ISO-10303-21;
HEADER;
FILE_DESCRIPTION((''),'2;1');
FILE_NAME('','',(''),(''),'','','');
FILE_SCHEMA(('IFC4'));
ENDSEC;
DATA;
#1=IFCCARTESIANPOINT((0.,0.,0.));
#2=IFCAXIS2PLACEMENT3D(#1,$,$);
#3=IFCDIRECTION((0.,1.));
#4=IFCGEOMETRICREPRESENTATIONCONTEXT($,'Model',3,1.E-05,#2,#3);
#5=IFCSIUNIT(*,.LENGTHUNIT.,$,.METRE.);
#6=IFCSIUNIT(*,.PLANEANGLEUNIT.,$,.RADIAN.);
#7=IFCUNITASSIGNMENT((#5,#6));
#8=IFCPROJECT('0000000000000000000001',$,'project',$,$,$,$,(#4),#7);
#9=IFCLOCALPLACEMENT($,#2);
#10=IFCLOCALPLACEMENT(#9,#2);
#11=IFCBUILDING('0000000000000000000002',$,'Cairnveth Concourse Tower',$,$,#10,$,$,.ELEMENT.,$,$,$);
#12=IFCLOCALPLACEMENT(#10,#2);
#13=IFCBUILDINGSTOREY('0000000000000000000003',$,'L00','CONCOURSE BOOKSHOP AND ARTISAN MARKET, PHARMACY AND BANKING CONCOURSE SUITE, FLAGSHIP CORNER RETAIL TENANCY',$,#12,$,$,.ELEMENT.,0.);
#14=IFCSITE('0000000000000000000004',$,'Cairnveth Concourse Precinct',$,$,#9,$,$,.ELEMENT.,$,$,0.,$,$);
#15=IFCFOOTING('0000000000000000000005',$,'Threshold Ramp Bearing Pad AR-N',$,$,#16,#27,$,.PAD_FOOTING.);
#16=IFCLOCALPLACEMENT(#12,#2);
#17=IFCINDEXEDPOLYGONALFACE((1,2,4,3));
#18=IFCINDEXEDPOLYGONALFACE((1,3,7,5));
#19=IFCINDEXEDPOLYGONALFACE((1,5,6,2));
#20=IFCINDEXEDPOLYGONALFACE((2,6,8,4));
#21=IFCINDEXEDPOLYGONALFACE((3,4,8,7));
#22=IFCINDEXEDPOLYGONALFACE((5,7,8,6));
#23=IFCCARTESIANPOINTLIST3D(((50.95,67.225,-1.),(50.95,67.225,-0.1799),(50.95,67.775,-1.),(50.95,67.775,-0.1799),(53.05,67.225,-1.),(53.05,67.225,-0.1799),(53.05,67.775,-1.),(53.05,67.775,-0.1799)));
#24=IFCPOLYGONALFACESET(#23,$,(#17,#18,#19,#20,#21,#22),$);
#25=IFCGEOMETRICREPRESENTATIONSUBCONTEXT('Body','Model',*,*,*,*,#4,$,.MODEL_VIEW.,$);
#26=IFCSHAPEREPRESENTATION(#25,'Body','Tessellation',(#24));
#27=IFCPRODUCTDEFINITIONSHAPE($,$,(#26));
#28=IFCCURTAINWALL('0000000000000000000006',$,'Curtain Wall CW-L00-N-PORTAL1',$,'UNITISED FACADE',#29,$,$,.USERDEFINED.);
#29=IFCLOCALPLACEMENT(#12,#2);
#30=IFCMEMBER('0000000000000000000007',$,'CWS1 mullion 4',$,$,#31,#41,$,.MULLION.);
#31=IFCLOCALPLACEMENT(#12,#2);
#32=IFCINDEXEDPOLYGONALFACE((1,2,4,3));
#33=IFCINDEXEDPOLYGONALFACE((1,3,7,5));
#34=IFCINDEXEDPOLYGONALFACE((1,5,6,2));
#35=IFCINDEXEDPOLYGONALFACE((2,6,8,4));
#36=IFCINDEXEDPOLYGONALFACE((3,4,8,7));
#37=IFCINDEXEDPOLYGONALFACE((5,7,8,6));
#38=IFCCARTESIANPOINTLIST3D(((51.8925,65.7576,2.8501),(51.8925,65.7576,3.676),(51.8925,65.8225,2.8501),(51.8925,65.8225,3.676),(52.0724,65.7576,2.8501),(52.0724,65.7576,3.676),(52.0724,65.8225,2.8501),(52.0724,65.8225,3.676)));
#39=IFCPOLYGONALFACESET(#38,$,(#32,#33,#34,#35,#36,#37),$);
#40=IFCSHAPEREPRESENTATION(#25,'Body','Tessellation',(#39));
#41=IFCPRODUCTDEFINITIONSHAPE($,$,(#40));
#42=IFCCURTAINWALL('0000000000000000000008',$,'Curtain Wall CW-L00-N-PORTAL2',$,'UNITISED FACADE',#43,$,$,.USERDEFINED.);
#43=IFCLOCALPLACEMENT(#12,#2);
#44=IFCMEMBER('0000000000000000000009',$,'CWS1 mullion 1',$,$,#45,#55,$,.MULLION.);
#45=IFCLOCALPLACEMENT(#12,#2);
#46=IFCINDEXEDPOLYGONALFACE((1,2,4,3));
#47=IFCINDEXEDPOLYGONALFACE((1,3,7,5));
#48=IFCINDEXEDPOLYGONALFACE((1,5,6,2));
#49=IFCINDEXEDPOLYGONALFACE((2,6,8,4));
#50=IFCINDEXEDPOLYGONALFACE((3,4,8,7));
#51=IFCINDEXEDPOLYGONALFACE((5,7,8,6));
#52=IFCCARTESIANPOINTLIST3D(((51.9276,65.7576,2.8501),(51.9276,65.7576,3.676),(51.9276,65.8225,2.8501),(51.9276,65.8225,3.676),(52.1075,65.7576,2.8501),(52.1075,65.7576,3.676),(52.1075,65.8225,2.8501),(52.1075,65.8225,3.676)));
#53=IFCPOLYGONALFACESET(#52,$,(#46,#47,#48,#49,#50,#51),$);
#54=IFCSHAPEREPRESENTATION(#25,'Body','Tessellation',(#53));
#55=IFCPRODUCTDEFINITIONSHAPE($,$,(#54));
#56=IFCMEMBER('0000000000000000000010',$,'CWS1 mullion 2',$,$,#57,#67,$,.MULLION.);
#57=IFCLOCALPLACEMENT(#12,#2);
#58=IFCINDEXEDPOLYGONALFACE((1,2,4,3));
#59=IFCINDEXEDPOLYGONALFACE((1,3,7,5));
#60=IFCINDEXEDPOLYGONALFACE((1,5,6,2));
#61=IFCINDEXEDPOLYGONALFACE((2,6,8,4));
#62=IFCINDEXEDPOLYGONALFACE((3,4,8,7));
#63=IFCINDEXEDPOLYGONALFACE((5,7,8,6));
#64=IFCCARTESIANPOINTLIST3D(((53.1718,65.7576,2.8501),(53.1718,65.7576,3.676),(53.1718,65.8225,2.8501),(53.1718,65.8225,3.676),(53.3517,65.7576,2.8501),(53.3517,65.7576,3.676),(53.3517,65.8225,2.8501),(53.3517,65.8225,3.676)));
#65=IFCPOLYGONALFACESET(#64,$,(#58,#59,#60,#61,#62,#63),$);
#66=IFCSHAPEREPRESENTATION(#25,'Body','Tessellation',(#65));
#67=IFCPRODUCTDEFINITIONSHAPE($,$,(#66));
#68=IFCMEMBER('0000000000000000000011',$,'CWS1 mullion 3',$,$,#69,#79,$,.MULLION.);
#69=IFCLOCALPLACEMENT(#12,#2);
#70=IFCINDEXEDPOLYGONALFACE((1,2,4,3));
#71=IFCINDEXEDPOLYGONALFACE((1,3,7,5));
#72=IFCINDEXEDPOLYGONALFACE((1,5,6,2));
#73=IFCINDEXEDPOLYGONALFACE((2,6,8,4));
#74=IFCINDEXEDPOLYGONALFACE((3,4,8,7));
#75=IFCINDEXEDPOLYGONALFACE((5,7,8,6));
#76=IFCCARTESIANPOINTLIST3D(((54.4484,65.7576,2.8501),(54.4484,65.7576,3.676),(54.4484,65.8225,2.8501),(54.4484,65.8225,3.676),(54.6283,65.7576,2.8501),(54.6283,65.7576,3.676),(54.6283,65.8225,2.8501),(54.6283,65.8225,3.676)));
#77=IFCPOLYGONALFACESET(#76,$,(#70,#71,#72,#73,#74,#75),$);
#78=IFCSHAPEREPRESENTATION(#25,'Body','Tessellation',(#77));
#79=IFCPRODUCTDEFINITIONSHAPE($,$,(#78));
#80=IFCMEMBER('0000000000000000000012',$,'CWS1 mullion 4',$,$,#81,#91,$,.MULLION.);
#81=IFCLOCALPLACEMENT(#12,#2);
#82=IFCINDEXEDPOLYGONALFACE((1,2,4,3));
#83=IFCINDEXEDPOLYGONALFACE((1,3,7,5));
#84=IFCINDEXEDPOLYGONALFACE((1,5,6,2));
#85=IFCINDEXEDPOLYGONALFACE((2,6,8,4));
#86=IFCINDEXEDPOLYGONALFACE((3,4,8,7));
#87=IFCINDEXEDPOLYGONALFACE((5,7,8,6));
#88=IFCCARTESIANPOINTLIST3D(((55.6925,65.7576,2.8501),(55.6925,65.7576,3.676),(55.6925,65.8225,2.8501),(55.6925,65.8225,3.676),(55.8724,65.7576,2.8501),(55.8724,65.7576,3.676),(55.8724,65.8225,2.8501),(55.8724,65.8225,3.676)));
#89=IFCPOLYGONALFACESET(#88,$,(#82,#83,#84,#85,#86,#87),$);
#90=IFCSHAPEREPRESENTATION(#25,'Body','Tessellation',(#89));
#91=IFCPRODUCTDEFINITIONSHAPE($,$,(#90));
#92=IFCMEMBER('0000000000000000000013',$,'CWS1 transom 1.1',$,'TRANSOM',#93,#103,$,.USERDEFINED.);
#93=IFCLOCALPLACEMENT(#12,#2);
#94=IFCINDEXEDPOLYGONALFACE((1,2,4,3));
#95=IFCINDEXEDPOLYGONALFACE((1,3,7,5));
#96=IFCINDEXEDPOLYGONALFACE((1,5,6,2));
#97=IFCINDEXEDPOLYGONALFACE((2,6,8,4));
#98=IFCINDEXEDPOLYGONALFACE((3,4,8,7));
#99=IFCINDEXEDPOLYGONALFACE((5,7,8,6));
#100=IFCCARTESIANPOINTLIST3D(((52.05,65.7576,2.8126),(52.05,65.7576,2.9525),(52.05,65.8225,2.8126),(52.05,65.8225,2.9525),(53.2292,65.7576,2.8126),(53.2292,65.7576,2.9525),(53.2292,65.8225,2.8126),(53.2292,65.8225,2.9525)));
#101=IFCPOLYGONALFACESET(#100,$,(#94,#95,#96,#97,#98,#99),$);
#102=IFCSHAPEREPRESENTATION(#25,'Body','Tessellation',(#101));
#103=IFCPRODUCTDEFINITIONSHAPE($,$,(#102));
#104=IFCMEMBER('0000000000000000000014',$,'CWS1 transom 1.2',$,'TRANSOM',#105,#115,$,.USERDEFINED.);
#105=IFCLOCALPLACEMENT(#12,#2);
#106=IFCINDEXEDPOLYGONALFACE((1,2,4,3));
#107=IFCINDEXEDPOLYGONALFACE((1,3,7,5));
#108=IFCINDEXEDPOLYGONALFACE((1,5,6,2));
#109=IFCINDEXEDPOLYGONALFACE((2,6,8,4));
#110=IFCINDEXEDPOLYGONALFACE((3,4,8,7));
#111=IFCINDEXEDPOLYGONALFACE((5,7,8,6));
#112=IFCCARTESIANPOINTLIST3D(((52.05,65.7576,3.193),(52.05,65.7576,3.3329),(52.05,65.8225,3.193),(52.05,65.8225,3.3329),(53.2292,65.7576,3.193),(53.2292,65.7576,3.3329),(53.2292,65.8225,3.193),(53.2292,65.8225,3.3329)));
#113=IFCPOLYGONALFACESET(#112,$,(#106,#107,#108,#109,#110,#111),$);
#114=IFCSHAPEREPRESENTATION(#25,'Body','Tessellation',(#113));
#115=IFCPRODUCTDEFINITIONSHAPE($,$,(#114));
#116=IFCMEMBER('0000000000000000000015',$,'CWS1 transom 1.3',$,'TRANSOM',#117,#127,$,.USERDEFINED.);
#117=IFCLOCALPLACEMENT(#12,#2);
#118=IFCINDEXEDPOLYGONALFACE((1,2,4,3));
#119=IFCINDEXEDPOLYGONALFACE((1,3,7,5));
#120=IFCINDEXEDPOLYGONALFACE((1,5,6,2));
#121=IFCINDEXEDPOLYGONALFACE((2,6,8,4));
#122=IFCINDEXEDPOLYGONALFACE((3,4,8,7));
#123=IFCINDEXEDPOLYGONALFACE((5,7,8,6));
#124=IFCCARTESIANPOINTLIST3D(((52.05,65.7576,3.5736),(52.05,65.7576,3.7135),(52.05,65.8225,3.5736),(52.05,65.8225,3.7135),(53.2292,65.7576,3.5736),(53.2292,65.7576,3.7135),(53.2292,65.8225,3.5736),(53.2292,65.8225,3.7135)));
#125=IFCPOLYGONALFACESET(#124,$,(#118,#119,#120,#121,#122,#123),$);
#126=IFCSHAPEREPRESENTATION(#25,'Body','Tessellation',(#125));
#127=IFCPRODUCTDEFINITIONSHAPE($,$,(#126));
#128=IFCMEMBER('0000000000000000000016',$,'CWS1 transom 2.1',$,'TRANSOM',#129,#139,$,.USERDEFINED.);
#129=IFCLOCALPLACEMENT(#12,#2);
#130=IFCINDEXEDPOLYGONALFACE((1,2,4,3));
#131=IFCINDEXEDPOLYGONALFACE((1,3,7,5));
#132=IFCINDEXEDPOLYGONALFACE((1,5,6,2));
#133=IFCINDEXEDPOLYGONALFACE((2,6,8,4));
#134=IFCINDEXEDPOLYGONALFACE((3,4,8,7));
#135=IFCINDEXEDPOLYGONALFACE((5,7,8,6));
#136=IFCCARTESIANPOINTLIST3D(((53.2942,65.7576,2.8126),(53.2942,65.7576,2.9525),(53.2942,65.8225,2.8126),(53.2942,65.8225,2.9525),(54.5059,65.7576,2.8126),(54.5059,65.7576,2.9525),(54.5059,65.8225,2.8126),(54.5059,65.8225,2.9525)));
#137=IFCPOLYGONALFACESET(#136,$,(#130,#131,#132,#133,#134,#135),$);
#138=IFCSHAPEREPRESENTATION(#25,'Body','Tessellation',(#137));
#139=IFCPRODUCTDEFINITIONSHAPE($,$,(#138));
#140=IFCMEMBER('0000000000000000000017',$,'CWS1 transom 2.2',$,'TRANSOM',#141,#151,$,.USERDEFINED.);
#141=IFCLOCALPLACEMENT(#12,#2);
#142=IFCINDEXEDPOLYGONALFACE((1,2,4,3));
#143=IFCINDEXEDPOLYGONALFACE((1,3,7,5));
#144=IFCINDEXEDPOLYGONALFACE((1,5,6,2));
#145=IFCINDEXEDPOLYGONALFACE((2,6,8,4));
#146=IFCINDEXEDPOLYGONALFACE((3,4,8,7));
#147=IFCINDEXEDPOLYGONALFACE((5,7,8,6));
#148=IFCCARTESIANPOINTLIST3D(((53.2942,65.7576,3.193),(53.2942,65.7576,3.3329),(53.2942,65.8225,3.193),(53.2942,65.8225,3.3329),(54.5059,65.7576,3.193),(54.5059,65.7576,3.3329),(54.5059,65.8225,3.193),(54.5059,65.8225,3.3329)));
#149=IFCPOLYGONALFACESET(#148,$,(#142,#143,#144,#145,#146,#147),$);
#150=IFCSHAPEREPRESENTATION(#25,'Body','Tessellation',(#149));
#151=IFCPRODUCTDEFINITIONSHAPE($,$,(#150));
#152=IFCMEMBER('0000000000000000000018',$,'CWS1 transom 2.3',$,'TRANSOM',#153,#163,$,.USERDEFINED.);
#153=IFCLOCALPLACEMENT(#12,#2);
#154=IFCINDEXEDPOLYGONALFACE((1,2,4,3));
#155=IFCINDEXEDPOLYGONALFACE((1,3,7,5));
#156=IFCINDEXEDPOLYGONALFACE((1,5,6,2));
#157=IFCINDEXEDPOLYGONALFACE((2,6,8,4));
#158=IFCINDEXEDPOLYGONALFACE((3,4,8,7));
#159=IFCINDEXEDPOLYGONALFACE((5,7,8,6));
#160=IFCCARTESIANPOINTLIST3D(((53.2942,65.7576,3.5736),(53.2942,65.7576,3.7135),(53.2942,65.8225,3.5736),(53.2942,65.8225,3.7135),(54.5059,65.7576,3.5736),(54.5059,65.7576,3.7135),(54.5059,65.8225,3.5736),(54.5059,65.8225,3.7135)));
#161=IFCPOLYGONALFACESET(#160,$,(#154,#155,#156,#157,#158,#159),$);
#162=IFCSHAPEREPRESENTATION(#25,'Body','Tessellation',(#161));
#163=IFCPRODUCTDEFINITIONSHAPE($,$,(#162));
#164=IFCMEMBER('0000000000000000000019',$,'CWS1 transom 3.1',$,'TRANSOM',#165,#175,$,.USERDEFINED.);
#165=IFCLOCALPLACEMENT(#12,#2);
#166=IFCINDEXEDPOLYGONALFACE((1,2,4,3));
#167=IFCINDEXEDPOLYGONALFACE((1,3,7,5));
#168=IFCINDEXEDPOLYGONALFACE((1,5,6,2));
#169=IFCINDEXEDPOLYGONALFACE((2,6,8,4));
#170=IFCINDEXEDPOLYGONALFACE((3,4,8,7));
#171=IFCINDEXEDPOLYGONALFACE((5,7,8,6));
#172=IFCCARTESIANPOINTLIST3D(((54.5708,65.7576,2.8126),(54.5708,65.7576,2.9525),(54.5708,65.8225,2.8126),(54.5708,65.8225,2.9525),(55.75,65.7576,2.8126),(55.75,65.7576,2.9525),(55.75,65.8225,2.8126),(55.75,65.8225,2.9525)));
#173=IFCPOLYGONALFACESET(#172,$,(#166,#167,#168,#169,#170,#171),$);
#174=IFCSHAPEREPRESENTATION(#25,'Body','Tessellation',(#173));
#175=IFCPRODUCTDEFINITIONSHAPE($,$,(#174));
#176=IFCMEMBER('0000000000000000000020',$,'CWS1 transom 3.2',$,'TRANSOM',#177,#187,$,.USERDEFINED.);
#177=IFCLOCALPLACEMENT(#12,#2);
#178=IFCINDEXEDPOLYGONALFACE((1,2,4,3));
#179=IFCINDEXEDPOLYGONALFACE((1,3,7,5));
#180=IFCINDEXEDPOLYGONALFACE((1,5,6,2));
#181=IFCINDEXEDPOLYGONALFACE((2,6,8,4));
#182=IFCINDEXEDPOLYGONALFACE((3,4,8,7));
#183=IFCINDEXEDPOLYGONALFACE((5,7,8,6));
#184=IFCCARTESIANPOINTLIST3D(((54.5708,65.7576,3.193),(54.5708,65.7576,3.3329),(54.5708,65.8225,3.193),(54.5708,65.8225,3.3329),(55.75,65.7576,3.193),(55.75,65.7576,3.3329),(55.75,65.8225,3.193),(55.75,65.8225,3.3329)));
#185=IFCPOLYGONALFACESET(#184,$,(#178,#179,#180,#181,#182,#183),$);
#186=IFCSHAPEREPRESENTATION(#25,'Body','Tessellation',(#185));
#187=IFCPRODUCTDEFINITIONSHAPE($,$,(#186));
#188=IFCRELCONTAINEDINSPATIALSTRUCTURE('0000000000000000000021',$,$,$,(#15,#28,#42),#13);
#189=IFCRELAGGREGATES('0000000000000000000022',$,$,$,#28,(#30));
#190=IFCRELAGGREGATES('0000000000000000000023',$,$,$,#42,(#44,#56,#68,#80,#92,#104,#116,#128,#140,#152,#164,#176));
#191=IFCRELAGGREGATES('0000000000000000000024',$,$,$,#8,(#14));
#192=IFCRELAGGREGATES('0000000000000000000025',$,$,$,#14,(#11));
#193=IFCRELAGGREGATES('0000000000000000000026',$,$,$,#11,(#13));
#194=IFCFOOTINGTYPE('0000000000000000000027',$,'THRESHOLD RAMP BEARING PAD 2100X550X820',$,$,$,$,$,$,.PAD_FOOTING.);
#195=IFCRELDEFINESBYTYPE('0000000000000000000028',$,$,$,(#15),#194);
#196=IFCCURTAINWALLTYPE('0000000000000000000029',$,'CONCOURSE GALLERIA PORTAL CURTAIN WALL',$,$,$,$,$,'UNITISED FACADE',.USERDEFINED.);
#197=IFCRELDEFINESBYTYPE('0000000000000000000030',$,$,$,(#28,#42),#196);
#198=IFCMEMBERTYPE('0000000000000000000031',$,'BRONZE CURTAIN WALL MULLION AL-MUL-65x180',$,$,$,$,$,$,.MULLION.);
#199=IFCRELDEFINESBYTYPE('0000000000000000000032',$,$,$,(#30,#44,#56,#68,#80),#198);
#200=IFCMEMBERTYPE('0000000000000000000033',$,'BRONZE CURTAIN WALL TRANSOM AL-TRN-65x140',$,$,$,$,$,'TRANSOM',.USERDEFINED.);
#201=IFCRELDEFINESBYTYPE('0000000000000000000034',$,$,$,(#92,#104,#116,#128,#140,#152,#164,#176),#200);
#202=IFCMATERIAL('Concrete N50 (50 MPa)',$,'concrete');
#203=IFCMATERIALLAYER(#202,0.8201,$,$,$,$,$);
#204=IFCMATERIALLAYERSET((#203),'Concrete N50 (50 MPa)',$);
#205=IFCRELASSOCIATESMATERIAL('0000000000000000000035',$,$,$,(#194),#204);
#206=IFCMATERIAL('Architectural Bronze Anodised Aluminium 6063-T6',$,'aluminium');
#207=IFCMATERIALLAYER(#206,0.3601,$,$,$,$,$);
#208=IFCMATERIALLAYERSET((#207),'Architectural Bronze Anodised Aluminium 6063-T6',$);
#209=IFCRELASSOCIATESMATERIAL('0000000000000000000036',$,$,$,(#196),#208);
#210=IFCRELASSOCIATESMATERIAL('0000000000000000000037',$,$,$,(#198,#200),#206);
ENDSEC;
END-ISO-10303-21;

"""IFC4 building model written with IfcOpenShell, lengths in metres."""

from ifc_helpers import new_model, si_unit, direction, frame, origin, origin_2d, place, context, subcontext, project, spatial, rectangle, extrude, material, layer, layer_set, material_profile, profile_set, type_object, element, aggregate, save


model = new_model("IFC4")

# Units and contexts
model_context = context("Model", 3, precision=1e-05, world=origin(), true_north=direction((0.0, 1.0)))
body_context = subcontext(model_context, "Body", "Model", "MODEL_VIEW")
ifc_project = project(units=[si_unit("LENGTHUNIT", "METRE"), si_unit("PLANEANGLEUNIT", "RADIAN")], contexts=[model_context])

# Site, building, storey
site_placement = place(None, origin())
site = spatial("IfcSite", under=ifc_project, at=site_placement, Name="Cairnveth Concourse Precinct", CompositionType="ELEMENT", RefElevation=0.0)
building_placement = place(site_placement, origin())
building = spatial("IfcBuilding", under=site, at=building_placement, Name="Cairnveth Concourse Tower", CompositionType="ELEMENT")
storey_placement = place(building_placement, origin())
storey = spatial("IfcBuildingStorey", under=building, at=storey_placement, Name="L00", Description="CONCOURSE BOOKSHOP AND ARTISAN MARKET, PHARMACY AND BANKING CONCOURSE SUITE, FLAGSHIP CORNER RETAIL TENANCY", CompositionType="ELEMENT", Elevation=0.0)

# Footing
ifc_material_1 = material(Name="Concrete N50 (50 MPa)", Category="concrete")
ifc_layer_1 = layer(ifc_material_1, 0.8201)
ifc_layer_set_1 = layer_set([ifc_layer_1], Name="Concrete N50 (50 MPa)")
footing_type = type_object("IfcFootingType", Name="THRESHOLD RAMP BEARING PAD 2100X550X820", PredefinedType="PAD_FOOTING", material=ifc_layer_set_1)
footing_placement = place(storey_placement, frame((52.0, 67.5, -1.0), z_axis=(0.0, 0.0, 1.0), x_axis=(1.0, 0.0, 0.0)))
element("IfcFooting", 1, at=footing_placement, inside=storey, type_object=footing_type, Name="Threshold Ramp Bearing Pad AR-N", PredefinedType="PAD_FOOTING", context=body_context, shape_type="SweptSolid", body=[
    extrude(rectangle(XDim=2.1001, YDim=0.55, at=origin_2d()), origin(), (0.0, 0.0, 1.0), 0.8201),
])

# Curtain wall, member
ifc_material_2 = material(Name="Architectural Bronze Anodised Aluminium 6063-T6", Category="aluminium")
ifc_layer_2 = layer(ifc_material_2, 0.3601)
ifc_layer_set_2 = layer_set([ifc_layer_2], Name="Architectural Bronze Anodised Aluminium 6063-T6")
curtain_wall_type = type_object("IfcCurtainWallType", Name="CONCOURSE GALLERIA PORTAL CURTAIN WALL", ElementType="UNITISED FACADE", PredefinedType="USERDEFINED", material=ifc_layer_set_2)
curtain_wall_1_placement = place(storey_placement, origin())
curtain_wall_1 = element("IfcCurtainWall", 2, at=curtain_wall_1_placement, inside=storey, type_object=curtain_wall_type, Name="Curtain Wall CW-L00-N-PORTAL1", ObjectType="UNITISED FACADE", PredefinedType="USERDEFINED")
ifc_material_profile_1 = material_profile(ifc_material_2, rectangle(XDim=0.0649, YDim=0.1799, at=origin_2d()), Name="AL-MUL-65x180")
ifc_profile_set_1 = profile_set([ifc_material_profile_1], Name="Architectural Bronze Anodised Aluminium 6063-T6")
member_type_1 = type_object("IfcMemberType", Name="BRONZE CURTAIN WALL MULLION AL-MUL-65x180", PredefinedType="MULLION", material=ifc_profile_set_1)
member_1_placement = place(storey_placement, frame((51.9824, 65.79, 2.8501), z_axis=(0.0, 0.0, 1.0), x_axis=(0.0, 1.0, 0.0)))
member_1 = element("IfcMember", 3, at=member_1_placement, type_object=member_type_1, Name="CWS1 mullion 4", PredefinedType="MULLION", context=body_context, shape_type="SweptSolid", body=[
    extrude(rectangle(XDim=0.0649, YDim=0.1799, at=origin_2d()), origin(), (0.0, 0.0, 1.0), 0.8259),
])

# Curtain wall, members
curtain_wall_2_placement = place(storey_placement, origin())
curtain_wall_2 = element("IfcCurtainWall", 4, at=curtain_wall_2_placement, inside=storey, type_object=curtain_wall_type, Name="Curtain Wall CW-L00-N-PORTAL2", ObjectType="UNITISED FACADE", PredefinedType="USERDEFINED")
member_2_placement = place(storey_placement, frame((52.0176, 65.79, 2.8501), z_axis=(0.0, 0.0, 1.0), x_axis=(0.0, 1.0, 0.0)))
member_2 = element("IfcMember", 5, at=member_2_placement, type_object=member_type_1, Name="CWS1 mullion 1", PredefinedType="MULLION", context=body_context, shape_type="SweptSolid", body=[
    extrude(rectangle(XDim=0.0649, YDim=0.1799, at=origin_2d()), origin(), (0.0, 0.0, 1.0), 0.8259),
])
member_3_placement = place(storey_placement, frame((53.2617, 65.79, 2.8501), z_axis=(0.0, 0.0, 1.0), x_axis=(0.0, 1.0, 0.0)))
member_3 = element("IfcMember", 6, at=member_3_placement, type_object=member_type_1, Name="CWS1 mullion 2", PredefinedType="MULLION", context=body_context, shape_type="SweptSolid", body=[
    extrude(rectangle(XDim=0.0649, YDim=0.1799, at=origin_2d()), origin(), (0.0, 0.0, 1.0), 0.8259),
])
member_4_placement = place(storey_placement, frame((54.5383, 65.79, 2.8501), z_axis=(0.0, 0.0, 1.0), x_axis=(0.0, 1.0, 0.0)))
member_4 = element("IfcMember", 7, at=member_4_placement, type_object=member_type_1, Name="CWS1 mullion 3", PredefinedType="MULLION", context=body_context, shape_type="SweptSolid", body=[
    extrude(rectangle(XDim=0.0649, YDim=0.1799, at=origin_2d()), origin(), (0.0, 0.0, 1.0), 0.8259),
])
member_5_placement = place(storey_placement, frame((55.7825, 65.79, 2.8501), z_axis=(0.0, 0.0, 1.0), x_axis=(0.0, 1.0, 0.0)))
member_5 = element("IfcMember", 8, at=member_5_placement, type_object=member_type_1, Name="CWS1 mullion 4", PredefinedType="MULLION", context=body_context, shape_type="SweptSolid", body=[
    extrude(rectangle(XDim=0.0649, YDim=0.1799, at=origin_2d()), origin(), (0.0, 0.0, 1.0), 0.8259),
])
ifc_material_profile_2 = material_profile(ifc_material_2, rectangle(XDim=0.0649, YDim=0.1399, at=origin_2d()), Name="AL-TRN-65x140")
ifc_profile_set_2 = profile_set([ifc_material_profile_2], Name="Architectural Bronze Anodised Aluminium 6063-T6")
member_type_2 = type_object("IfcMemberType", Name="BRONZE CURTAIN WALL TRANSOM AL-TRN-65x140", ElementType="TRANSOM", PredefinedType="USERDEFINED", material=ifc_profile_set_2)
member_6_placement = place(storey_placement, frame((52.05, 65.79, 2.8826), z_axis=(1.0, 0.0, 0.0), x_axis=(0.0, 1.0, 0.0)))
member_6 = element("IfcMember", 9, at=member_6_placement, type_object=member_type_2, Name="CWS1 transom 1.1", ObjectType="TRANSOM", PredefinedType="USERDEFINED", context=body_context, shape_type="SweptSolid", body=[
    extrude(rectangle(XDim=0.0649, YDim=0.1399, at=origin_2d()), origin(), (0.0, 0.0, 1.0), 1.1792),
])
member_7_placement = place(storey_placement, frame((52.05, 65.79, 3.2629), z_axis=(1.0, 0.0, 0.0), x_axis=(0.0, 1.0, 0.0)))
member_7 = element("IfcMember", 10, at=member_7_placement, type_object=member_type_2, Name="CWS1 transom 1.2", ObjectType="TRANSOM", PredefinedType="USERDEFINED", context=body_context, shape_type="SweptSolid", body=[
    extrude(rectangle(XDim=0.0649, YDim=0.1399, at=origin_2d()), origin(), (0.0, 0.0, 1.0), 1.1792),
])
member_8_placement = place(storey_placement, frame((52.05, 65.79, 3.6436), z_axis=(1.0, 0.0, 0.0), x_axis=(0.0, 1.0, 0.0)))
member_8 = element("IfcMember", 11, at=member_8_placement, type_object=member_type_2, Name="CWS1 transom 1.3", ObjectType="TRANSOM", PredefinedType="USERDEFINED", context=body_context, shape_type="SweptSolid", body=[
    extrude(rectangle(XDim=0.0649, YDim=0.1399, at=origin_2d()), origin(), (0.0, 0.0, 1.0), 1.1792),
])
member_9_placement = place(storey_placement, frame((53.2942, 65.79, 2.8826), z_axis=(1.0, 0.0, 0.0), x_axis=(0.0, 1.0, 0.0)))
member_9 = element("IfcMember", 12, at=member_9_placement, type_object=member_type_2, Name="CWS1 transom 2.1", ObjectType="TRANSOM", PredefinedType="USERDEFINED", context=body_context, shape_type="SweptSolid", body=[
    extrude(rectangle(XDim=0.0649, YDim=0.1399, at=origin_2d()), origin(), (0.0, 0.0, 1.0), 1.2117),
])
member_10_placement = place(storey_placement, frame((53.2942, 65.79, 3.2629), z_axis=(1.0, 0.0, 0.0), x_axis=(0.0, 1.0, 0.0)))
member_10 = element("IfcMember", 13, at=member_10_placement, type_object=member_type_2, Name="CWS1 transom 2.2", ObjectType="TRANSOM", PredefinedType="USERDEFINED", context=body_context, shape_type="SweptSolid", body=[
    extrude(rectangle(XDim=0.0649, YDim=0.1399, at=origin_2d()), origin(), (0.0, 0.0, 1.0), 1.2117),
])
member_11_placement = place(storey_placement, frame((53.2942, 65.79, 3.6436), z_axis=(1.0, 0.0, 0.0), x_axis=(0.0, 1.0, 0.0)))
member_11 = element("IfcMember", 14, at=member_11_placement, type_object=member_type_2, Name="CWS1 transom 2.3", ObjectType="TRANSOM", PredefinedType="USERDEFINED", context=body_context, shape_type="SweptSolid", body=[
    extrude(rectangle(XDim=0.0649, YDim=0.1399, at=origin_2d()), origin(), (0.0, 0.0, 1.0), 1.2117),
])
member_12_placement = place(storey_placement, frame((54.5708, 65.79, 2.8826), z_axis=(1.0, 0.0, 0.0), x_axis=(0.0, 1.0, 0.0)))
member_12 = element("IfcMember", 15, at=member_12_placement, type_object=member_type_2, Name="CWS1 transom 3.1", ObjectType="TRANSOM", PredefinedType="USERDEFINED", context=body_context, shape_type="SweptSolid", body=[
    extrude(rectangle(XDim=0.0649, YDim=0.1399, at=origin_2d()), origin(), (0.0, 0.0, 1.0), 1.1792),
])
member_13_placement = place(storey_placement, frame((54.5708, 65.79, 3.2629), z_axis=(1.0, 0.0, 0.0), x_axis=(0.0, 1.0, 0.0)))
member_13 = element("IfcMember", 16, at=member_13_placement, type_object=member_type_2, Name="CWS1 transom 3.2", ObjectType="TRANSOM", PredefinedType="USERDEFINED", context=body_context, shape_type="SweptSolid", body=[
    extrude(rectangle(XDim=0.0649, YDim=0.1399, at=origin_2d()), origin(), (0.0, 0.0, 1.0), 1.1792),
])

aggregate(curtain_wall_1, [member_1])
aggregate(curtain_wall_2, [member_2, member_3, member_4, member_5, member_6, member_7, member_8, member_9, member_10, member_11, member_12, member_13])

save(model, "model.ifc")
